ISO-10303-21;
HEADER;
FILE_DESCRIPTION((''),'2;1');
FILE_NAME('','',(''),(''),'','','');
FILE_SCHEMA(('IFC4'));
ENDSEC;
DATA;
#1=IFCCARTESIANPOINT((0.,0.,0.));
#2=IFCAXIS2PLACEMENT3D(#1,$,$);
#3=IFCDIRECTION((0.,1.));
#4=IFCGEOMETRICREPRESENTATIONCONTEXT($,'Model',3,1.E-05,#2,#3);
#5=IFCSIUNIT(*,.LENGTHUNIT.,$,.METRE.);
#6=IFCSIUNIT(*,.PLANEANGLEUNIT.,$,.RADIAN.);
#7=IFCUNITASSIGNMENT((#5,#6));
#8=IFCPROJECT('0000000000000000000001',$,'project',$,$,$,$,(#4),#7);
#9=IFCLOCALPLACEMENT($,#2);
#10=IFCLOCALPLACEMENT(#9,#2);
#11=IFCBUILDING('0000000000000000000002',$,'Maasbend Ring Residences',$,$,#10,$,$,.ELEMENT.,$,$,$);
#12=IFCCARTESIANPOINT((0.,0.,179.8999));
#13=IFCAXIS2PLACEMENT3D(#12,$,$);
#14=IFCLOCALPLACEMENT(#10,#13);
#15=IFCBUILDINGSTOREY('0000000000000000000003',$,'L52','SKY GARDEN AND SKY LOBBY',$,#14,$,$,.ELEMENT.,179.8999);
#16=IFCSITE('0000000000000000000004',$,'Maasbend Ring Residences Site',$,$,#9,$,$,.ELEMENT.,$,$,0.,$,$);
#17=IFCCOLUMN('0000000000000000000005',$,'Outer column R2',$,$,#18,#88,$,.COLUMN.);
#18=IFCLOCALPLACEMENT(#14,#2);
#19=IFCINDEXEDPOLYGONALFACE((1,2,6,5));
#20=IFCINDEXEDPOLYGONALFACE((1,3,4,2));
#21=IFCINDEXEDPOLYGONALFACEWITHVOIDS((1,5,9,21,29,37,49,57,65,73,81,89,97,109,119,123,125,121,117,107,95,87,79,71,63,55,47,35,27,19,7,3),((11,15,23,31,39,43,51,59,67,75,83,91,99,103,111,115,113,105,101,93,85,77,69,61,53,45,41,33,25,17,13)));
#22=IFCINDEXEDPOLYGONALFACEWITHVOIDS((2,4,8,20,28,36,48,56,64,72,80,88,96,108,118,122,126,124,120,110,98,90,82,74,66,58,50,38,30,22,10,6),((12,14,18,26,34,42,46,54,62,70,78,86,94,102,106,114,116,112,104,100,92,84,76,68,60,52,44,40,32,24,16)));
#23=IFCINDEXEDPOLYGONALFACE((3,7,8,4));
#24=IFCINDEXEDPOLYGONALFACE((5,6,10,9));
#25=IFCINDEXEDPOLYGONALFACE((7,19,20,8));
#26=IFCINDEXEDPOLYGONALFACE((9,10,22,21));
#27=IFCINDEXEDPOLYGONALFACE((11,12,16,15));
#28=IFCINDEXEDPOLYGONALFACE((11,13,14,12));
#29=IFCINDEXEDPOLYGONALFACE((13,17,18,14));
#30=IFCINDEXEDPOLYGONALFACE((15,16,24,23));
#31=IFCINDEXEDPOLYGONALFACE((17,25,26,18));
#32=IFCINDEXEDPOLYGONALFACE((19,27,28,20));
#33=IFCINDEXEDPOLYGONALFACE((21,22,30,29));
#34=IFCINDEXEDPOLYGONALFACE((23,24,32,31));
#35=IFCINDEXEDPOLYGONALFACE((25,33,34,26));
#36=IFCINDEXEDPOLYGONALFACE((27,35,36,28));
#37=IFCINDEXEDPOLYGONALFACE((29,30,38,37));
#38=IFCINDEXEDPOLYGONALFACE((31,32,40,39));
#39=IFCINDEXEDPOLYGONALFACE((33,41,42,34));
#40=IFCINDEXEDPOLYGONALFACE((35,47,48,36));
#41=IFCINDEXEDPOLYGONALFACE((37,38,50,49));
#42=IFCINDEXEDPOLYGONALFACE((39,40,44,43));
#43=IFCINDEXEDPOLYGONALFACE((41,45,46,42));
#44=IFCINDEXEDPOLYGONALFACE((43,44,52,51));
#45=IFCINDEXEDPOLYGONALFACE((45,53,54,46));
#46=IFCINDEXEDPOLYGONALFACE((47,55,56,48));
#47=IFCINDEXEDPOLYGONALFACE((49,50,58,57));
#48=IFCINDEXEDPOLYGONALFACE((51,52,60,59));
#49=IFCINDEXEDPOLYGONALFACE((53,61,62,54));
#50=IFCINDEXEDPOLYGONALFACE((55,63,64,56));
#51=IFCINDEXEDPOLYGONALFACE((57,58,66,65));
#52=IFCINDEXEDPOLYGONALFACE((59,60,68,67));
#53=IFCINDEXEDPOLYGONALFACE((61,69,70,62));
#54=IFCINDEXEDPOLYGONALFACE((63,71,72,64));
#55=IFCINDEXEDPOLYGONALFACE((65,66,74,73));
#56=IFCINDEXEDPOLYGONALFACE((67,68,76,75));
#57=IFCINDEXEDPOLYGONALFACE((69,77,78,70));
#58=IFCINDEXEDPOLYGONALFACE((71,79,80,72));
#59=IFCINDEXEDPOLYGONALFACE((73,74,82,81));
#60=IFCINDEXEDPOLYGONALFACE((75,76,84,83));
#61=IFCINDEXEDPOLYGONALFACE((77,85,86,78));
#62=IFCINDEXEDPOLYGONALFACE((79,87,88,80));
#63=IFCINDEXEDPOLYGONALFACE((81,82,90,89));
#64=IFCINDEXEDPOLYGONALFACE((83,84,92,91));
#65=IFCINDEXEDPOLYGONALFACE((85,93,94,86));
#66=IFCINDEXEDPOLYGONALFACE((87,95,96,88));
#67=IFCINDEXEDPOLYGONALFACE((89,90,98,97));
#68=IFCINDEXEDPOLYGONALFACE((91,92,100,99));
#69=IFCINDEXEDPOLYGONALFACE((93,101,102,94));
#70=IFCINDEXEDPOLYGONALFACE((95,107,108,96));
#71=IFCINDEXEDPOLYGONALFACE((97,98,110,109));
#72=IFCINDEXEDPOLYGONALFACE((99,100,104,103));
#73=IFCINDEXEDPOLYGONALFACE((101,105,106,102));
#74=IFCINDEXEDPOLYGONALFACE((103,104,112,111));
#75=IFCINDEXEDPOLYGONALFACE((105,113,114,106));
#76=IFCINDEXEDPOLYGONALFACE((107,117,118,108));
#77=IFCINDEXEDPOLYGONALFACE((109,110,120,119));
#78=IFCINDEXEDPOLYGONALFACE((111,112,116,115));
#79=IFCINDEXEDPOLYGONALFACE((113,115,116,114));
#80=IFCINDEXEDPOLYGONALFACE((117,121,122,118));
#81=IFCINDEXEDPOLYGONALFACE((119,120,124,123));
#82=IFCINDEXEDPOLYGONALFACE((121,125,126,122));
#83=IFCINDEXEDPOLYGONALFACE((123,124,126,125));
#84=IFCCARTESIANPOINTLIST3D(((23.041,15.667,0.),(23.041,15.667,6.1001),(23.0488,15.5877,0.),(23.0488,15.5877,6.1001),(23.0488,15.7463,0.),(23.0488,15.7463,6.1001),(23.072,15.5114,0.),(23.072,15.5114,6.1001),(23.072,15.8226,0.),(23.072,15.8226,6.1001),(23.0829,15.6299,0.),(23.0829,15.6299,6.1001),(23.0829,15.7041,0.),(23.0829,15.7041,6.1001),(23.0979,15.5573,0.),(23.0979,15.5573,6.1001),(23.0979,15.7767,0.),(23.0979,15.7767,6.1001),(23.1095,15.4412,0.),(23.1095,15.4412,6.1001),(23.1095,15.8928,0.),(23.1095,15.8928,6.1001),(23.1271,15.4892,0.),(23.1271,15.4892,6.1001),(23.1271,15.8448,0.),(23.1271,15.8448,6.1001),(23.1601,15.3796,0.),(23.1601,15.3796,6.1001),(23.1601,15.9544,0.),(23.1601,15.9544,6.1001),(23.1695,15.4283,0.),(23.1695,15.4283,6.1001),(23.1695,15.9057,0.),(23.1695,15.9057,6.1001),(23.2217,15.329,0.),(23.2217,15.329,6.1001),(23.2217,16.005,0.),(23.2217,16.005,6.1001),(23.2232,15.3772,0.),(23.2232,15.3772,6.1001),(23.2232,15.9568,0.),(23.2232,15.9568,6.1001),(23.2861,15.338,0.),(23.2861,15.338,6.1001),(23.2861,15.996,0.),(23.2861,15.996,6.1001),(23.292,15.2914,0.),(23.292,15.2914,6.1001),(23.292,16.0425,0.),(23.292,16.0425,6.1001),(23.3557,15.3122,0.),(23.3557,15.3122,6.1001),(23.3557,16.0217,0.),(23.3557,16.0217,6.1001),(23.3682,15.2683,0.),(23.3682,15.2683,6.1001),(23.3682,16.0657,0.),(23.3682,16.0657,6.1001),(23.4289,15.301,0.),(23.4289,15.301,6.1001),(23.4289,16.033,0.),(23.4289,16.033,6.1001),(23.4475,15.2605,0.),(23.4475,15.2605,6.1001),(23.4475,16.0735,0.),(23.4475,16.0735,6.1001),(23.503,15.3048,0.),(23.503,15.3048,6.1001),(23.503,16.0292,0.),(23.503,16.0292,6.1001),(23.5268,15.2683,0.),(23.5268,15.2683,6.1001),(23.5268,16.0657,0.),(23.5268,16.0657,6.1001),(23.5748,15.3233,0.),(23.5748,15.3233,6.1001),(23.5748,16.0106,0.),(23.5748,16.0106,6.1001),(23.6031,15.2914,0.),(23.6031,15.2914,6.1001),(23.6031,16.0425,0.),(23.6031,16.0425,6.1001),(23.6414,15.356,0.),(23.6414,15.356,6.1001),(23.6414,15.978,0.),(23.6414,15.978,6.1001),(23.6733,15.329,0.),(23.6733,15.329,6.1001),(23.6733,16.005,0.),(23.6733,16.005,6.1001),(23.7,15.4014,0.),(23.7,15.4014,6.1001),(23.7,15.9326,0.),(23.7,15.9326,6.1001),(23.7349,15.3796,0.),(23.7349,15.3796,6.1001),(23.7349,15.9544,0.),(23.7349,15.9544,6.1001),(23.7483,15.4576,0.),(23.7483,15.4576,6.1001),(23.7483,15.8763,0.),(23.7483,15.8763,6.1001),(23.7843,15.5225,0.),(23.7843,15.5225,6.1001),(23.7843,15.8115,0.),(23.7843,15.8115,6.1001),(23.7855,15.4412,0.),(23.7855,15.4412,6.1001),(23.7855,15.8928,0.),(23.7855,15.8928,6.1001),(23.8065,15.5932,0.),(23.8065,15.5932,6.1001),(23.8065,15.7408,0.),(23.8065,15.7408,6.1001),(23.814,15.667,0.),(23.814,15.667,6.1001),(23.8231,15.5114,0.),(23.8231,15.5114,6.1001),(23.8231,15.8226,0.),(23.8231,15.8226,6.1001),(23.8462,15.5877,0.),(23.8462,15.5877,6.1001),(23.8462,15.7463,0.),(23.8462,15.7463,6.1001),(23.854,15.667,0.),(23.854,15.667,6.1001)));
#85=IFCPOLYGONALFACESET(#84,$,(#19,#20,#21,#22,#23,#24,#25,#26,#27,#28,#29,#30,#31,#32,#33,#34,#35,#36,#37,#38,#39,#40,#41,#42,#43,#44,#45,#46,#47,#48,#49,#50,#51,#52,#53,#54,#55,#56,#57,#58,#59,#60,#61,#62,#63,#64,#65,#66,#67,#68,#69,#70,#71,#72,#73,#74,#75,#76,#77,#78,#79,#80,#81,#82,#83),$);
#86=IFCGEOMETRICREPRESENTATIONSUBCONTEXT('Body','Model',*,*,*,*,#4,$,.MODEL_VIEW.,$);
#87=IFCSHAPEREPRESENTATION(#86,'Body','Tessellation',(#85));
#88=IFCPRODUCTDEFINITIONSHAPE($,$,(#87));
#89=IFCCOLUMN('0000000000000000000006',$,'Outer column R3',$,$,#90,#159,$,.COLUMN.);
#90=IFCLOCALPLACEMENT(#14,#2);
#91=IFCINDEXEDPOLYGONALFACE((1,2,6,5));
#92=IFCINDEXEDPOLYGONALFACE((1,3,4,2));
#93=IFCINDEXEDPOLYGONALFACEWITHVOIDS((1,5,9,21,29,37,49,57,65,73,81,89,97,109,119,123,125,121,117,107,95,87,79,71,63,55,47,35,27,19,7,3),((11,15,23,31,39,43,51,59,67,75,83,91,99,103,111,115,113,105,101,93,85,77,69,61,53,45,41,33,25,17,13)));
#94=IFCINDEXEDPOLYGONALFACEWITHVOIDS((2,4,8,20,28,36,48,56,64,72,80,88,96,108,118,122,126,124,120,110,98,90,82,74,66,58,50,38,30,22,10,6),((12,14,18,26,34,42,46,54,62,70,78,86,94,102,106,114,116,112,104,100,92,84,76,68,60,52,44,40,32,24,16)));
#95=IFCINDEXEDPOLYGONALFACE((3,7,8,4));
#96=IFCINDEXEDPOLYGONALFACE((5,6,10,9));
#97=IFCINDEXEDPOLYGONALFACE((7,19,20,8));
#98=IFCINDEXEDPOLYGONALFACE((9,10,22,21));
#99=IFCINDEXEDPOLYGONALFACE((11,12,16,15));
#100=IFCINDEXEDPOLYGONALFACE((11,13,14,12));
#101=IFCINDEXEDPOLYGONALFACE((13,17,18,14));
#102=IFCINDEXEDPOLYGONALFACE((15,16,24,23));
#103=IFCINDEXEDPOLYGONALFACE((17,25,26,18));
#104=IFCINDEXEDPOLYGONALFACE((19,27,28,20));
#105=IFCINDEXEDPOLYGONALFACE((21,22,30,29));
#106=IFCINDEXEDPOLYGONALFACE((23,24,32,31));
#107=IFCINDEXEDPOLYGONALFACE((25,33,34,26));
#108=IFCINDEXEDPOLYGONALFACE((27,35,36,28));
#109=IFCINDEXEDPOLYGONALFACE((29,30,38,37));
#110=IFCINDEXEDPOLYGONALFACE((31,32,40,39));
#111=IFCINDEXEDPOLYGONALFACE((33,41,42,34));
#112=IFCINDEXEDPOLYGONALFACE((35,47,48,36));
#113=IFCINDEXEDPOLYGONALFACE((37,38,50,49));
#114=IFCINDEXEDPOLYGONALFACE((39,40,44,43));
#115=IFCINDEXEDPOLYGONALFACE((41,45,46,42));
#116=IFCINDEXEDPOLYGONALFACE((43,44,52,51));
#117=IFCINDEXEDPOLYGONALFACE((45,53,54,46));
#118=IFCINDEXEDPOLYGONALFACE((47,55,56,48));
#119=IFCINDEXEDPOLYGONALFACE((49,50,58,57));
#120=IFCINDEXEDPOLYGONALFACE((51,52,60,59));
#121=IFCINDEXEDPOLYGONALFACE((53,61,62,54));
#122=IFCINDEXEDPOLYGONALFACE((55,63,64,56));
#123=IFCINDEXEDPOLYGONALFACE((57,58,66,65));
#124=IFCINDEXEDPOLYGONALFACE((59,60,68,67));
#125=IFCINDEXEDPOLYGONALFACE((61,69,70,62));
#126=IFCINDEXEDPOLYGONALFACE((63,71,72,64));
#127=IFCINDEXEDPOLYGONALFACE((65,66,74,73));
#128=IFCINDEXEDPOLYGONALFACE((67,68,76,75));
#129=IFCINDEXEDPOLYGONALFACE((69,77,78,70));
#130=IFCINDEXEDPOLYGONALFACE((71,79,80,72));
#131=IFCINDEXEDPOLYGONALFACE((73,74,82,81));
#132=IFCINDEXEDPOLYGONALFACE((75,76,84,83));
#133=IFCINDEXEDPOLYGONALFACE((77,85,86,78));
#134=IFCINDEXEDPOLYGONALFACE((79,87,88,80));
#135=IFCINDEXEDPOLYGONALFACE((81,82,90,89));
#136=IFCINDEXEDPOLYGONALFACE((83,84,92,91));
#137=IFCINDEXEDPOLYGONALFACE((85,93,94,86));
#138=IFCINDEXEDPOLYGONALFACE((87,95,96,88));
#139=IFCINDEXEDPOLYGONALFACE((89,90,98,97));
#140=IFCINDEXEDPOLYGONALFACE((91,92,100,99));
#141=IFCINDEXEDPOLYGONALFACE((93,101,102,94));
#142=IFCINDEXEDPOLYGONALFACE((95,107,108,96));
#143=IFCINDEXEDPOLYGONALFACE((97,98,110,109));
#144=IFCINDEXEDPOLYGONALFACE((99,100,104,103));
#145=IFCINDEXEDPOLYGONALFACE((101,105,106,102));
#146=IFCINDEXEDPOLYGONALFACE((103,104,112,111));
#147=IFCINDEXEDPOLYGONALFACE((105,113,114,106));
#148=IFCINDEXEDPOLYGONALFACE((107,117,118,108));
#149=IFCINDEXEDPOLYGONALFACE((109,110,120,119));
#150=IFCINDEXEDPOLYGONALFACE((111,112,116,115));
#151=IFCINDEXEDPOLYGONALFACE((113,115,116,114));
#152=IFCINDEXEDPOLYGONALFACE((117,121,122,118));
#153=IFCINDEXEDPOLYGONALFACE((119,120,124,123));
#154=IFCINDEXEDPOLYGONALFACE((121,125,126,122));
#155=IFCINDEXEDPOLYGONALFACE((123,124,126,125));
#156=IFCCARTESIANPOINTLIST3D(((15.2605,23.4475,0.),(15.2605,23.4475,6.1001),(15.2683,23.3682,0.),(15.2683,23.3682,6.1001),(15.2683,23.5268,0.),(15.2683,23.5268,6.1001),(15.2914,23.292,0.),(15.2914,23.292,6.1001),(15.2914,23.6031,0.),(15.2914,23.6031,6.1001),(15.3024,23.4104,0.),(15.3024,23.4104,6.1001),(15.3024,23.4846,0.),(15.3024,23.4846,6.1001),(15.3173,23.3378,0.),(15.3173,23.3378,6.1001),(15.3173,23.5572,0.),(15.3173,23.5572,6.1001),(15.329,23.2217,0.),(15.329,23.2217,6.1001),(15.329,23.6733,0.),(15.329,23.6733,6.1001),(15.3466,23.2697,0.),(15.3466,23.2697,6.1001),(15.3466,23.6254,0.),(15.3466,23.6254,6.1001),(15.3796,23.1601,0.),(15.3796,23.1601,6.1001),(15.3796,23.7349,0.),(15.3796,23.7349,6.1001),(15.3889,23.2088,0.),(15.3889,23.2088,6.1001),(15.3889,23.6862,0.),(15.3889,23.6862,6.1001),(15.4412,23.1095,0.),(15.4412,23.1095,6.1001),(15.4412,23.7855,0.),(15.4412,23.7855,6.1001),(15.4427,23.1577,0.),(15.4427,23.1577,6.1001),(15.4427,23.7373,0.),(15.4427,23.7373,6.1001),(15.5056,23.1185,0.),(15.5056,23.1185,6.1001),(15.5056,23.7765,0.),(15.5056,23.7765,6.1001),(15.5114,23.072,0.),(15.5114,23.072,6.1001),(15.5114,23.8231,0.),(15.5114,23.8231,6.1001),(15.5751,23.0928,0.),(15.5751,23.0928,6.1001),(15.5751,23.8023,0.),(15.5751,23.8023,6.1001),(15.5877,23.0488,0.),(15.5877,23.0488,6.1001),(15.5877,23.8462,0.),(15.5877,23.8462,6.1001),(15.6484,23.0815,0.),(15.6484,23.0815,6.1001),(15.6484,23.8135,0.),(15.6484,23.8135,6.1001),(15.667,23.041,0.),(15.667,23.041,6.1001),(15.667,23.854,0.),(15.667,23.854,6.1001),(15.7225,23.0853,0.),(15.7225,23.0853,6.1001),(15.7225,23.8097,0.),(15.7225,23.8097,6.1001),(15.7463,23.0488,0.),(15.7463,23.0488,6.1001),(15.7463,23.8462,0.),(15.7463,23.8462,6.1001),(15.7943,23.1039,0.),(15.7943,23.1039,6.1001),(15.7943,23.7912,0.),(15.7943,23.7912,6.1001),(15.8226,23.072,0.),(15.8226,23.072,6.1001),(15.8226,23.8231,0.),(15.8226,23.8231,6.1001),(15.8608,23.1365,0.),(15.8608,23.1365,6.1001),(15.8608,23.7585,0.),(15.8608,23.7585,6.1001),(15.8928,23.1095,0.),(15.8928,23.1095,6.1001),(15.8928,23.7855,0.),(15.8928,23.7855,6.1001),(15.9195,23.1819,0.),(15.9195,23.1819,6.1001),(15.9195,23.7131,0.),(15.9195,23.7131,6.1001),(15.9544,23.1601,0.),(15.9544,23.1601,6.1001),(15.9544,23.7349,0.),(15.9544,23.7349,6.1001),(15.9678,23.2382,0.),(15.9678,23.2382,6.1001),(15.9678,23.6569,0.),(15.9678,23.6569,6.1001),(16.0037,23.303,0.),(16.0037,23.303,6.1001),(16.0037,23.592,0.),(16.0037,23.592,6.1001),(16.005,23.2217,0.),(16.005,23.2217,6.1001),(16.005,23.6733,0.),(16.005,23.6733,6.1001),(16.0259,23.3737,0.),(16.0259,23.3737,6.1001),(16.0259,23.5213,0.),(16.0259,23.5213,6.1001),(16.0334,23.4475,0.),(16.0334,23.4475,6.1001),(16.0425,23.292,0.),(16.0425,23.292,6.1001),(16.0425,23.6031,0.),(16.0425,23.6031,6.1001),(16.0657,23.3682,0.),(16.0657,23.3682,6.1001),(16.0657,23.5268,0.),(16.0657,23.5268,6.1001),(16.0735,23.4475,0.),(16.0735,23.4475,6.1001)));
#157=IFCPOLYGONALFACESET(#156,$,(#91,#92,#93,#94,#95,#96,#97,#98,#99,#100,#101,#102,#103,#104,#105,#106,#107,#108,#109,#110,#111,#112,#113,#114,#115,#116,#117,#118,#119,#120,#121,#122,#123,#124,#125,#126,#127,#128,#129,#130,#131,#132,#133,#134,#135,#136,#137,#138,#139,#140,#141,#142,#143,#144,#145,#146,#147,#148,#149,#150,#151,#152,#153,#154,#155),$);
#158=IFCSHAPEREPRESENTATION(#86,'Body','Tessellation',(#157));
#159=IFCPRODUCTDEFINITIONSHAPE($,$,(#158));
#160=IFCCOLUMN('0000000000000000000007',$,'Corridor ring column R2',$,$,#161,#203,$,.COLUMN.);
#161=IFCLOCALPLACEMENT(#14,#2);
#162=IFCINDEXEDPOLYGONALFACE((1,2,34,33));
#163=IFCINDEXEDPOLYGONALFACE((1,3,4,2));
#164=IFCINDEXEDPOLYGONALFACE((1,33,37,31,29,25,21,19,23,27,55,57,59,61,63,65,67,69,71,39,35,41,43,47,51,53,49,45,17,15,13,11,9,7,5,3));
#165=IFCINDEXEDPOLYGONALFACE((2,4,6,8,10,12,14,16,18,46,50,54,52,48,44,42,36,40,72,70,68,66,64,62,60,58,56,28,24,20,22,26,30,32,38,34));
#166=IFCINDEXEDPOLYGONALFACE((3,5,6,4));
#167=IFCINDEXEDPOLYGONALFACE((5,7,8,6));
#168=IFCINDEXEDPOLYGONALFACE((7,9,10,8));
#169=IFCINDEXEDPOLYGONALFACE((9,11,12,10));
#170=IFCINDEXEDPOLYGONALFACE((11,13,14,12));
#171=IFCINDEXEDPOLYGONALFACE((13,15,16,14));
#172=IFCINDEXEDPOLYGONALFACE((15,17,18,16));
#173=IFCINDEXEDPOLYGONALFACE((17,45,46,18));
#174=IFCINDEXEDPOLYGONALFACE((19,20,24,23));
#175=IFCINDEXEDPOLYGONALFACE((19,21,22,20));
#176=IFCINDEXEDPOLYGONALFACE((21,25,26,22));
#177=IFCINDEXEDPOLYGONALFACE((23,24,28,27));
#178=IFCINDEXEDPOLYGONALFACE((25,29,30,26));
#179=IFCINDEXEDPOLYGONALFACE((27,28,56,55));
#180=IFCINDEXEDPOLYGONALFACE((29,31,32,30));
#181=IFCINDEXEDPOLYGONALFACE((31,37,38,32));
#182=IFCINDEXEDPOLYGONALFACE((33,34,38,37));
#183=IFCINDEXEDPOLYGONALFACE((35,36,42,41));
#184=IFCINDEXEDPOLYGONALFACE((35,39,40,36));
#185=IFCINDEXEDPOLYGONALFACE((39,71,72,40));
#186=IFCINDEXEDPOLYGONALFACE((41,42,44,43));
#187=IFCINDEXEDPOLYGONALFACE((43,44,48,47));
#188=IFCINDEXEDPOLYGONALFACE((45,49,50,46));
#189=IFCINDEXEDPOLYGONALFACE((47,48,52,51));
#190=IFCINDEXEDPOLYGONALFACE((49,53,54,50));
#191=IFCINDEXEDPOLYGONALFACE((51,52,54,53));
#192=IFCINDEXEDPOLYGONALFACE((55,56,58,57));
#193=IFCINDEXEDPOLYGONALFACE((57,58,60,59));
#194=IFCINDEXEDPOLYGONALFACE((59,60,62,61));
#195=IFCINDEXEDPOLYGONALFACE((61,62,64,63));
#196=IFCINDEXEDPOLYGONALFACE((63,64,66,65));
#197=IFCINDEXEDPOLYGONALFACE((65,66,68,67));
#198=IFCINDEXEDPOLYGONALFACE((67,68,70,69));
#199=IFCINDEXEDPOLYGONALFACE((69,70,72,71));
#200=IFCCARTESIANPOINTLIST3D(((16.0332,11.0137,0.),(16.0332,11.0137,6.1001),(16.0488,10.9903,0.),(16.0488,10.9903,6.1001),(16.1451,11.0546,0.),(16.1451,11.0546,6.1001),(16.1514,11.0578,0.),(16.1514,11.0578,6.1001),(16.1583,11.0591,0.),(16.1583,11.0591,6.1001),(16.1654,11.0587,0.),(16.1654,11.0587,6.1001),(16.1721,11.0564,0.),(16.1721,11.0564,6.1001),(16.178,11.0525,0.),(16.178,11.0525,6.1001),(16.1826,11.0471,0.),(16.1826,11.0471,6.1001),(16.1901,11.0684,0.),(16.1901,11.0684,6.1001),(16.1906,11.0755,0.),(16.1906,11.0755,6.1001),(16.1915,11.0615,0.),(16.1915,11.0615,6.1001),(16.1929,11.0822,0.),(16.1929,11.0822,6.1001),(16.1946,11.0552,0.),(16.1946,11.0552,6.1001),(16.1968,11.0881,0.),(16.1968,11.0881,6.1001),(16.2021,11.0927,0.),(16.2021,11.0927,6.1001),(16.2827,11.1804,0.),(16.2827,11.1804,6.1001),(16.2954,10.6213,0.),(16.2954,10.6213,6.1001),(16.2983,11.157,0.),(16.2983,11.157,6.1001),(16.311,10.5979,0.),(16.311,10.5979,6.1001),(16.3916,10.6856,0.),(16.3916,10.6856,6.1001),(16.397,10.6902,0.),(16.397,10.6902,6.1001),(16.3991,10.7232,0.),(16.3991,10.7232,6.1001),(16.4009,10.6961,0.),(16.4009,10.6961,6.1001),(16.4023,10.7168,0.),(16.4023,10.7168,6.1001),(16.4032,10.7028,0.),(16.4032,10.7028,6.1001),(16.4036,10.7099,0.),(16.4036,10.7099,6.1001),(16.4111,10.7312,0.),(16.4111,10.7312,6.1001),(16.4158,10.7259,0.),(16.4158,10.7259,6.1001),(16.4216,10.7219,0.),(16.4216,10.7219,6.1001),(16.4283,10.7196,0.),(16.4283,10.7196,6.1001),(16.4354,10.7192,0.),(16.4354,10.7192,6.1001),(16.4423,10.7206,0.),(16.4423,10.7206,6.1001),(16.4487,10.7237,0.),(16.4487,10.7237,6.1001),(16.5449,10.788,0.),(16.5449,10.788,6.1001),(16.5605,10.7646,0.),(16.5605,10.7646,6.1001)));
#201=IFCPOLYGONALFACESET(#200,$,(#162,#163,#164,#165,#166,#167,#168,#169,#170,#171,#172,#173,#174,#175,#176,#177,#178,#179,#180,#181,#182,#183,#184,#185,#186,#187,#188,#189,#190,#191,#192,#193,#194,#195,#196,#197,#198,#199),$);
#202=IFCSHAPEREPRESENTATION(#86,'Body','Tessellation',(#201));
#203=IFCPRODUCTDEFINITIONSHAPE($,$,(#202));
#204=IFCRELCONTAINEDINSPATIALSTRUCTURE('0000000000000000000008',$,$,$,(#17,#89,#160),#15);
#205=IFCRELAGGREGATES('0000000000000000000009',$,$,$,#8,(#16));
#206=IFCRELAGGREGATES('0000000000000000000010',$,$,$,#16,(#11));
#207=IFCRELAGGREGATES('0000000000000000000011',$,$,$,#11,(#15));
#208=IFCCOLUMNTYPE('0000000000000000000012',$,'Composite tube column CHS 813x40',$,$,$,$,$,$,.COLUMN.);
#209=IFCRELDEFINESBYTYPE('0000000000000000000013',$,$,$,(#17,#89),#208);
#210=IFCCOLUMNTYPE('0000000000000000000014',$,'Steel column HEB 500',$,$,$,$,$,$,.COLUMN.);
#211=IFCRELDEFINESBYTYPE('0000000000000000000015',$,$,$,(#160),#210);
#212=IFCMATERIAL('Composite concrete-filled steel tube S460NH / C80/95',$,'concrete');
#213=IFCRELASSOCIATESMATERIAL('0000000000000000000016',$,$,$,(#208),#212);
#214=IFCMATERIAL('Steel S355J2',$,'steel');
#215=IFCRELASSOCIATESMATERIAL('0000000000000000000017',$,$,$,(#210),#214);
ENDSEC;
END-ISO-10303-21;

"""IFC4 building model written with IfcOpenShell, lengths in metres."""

from ifc_helpers import new_model, si_unit, direction, frame, origin, origin_2d, place, context, subcontext, project, spatial, hollow_circle, i_section, extrude, material, material_profile, profile_set, type_object, element, save


model = new_model("IFC4")

# Units and contexts
model_context = context("Model", 3, precision=1e-05, world=origin(), true_north=direction((0.0, 1.0)))
body_context = subcontext(model_context, "Body", "Model", "MODEL_VIEW")
ifc_project = project(units=[si_unit("LENGTHUNIT", "METRE"), si_unit("PLANEANGLEUNIT", "RADIAN")], contexts=[model_context])

# Site, building, storey
site_placement = place(None, origin())
site = spatial("IfcSite", under=ifc_project, at=site_placement, Name="Maasbend Ring Residences Site", CompositionType="ELEMENT", RefElevation=0.0)
building_placement = place(site_placement, origin())
building = spatial("IfcBuilding", under=site, at=building_placement, Name="Maasbend Ring Residences", CompositionType="ELEMENT")
storey_placement = place(building_placement, frame((0.0, 0.0, 179.8999)))
storey = spatial("IfcBuildingStorey", under=building, at=storey_placement, Name="L52", Description="SKY GARDEN AND SKY LOBBY", CompositionType="ELEMENT", Elevation=179.8999)

# Columns
ifc_material_1 = material(Name="Composite concrete-filled steel tube S460NH / C80/95", Category="concrete")
ifc_material_profile_1 = material_profile(ifc_material_1, hollow_circle(Radius=0.4065, WallThickness=0.04, at=origin_2d()), Name="Composite tube column CHS 813x40")
ifc_profile_set_1 = profile_set([ifc_material_profile_1], Name="Composite concrete-filled steel tube S460NH / C80/95")
column_type_1 = type_object("IfcColumnType", Name="Composite tube column CHS 813x40", PredefinedType="COLUMN", material=ifc_profile_set_1)
for number, where, z_axis, x_axis, name in (
    (1, (23.4475, 15.667, 0.0), (0.0, 0.0, 1.0), (1.0, 0.0, 0.0), "Outer column R2"),
    (2, (15.667, 23.4475, 0.0), (0.0, 0.0, 1.0), (1.0, 0.0, 0.0), "Outer column R3"),
):
    element("IfcColumn", number, at=place(storey_placement, frame(where, z_axis=z_axis, x_axis=x_axis)), inside=storey, type_object=column_type_1, Name=name, PredefinedType="COLUMN", context=body_context, shape_type="SweptSolid", body=[
        extrude(hollow_circle(Radius=0.4065, WallThickness=0.04, at=origin_2d()), origin(), (0.0, 0.0, 1.0), 6.1001),
    ])
ifc_material_2 = material(Name="Steel S355J2", Category="steel")
ifc_material_profile_2 = material_profile(ifc_material_2, i_section(OverallWidth=0.3, OverallDepth=0.5, WebThickness=0.0144, FlangeThickness=0.0281, FilletRadius=0.0271, at=origin_2d()), Name="HEB 500")
ifc_profile_set_2 = profile_set([ifc_material_profile_2], Name="Steel S355J2")
column_type_2 = type_object("IfcColumnType", Name="Steel column HEB 500", PredefinedType="COLUMN", material=ifc_profile_set_2)
column_placement = place(storey_placement, frame((16.2969, 10.8892, 0.0), z_axis=(0.0, 0.0, 1.0), x_axis=(0.83147, 0.55557, 0.0)))
element("IfcColumn", 3, at=column_placement, inside=storey, type_object=column_type_2, Name="Corridor ring column R2", PredefinedType="COLUMN", context=body_context, shape_type="SweptSolid", body=[
    extrude(i_section(OverallWidth=0.3, OverallDepth=0.5, WebThickness=0.0144, FlangeThickness=0.0281, FilletRadius=0.0271, at=origin_2d()), origin(), (0.0, 0.0, 1.0), 6.1001),
])

save(model, "model.ifc")
